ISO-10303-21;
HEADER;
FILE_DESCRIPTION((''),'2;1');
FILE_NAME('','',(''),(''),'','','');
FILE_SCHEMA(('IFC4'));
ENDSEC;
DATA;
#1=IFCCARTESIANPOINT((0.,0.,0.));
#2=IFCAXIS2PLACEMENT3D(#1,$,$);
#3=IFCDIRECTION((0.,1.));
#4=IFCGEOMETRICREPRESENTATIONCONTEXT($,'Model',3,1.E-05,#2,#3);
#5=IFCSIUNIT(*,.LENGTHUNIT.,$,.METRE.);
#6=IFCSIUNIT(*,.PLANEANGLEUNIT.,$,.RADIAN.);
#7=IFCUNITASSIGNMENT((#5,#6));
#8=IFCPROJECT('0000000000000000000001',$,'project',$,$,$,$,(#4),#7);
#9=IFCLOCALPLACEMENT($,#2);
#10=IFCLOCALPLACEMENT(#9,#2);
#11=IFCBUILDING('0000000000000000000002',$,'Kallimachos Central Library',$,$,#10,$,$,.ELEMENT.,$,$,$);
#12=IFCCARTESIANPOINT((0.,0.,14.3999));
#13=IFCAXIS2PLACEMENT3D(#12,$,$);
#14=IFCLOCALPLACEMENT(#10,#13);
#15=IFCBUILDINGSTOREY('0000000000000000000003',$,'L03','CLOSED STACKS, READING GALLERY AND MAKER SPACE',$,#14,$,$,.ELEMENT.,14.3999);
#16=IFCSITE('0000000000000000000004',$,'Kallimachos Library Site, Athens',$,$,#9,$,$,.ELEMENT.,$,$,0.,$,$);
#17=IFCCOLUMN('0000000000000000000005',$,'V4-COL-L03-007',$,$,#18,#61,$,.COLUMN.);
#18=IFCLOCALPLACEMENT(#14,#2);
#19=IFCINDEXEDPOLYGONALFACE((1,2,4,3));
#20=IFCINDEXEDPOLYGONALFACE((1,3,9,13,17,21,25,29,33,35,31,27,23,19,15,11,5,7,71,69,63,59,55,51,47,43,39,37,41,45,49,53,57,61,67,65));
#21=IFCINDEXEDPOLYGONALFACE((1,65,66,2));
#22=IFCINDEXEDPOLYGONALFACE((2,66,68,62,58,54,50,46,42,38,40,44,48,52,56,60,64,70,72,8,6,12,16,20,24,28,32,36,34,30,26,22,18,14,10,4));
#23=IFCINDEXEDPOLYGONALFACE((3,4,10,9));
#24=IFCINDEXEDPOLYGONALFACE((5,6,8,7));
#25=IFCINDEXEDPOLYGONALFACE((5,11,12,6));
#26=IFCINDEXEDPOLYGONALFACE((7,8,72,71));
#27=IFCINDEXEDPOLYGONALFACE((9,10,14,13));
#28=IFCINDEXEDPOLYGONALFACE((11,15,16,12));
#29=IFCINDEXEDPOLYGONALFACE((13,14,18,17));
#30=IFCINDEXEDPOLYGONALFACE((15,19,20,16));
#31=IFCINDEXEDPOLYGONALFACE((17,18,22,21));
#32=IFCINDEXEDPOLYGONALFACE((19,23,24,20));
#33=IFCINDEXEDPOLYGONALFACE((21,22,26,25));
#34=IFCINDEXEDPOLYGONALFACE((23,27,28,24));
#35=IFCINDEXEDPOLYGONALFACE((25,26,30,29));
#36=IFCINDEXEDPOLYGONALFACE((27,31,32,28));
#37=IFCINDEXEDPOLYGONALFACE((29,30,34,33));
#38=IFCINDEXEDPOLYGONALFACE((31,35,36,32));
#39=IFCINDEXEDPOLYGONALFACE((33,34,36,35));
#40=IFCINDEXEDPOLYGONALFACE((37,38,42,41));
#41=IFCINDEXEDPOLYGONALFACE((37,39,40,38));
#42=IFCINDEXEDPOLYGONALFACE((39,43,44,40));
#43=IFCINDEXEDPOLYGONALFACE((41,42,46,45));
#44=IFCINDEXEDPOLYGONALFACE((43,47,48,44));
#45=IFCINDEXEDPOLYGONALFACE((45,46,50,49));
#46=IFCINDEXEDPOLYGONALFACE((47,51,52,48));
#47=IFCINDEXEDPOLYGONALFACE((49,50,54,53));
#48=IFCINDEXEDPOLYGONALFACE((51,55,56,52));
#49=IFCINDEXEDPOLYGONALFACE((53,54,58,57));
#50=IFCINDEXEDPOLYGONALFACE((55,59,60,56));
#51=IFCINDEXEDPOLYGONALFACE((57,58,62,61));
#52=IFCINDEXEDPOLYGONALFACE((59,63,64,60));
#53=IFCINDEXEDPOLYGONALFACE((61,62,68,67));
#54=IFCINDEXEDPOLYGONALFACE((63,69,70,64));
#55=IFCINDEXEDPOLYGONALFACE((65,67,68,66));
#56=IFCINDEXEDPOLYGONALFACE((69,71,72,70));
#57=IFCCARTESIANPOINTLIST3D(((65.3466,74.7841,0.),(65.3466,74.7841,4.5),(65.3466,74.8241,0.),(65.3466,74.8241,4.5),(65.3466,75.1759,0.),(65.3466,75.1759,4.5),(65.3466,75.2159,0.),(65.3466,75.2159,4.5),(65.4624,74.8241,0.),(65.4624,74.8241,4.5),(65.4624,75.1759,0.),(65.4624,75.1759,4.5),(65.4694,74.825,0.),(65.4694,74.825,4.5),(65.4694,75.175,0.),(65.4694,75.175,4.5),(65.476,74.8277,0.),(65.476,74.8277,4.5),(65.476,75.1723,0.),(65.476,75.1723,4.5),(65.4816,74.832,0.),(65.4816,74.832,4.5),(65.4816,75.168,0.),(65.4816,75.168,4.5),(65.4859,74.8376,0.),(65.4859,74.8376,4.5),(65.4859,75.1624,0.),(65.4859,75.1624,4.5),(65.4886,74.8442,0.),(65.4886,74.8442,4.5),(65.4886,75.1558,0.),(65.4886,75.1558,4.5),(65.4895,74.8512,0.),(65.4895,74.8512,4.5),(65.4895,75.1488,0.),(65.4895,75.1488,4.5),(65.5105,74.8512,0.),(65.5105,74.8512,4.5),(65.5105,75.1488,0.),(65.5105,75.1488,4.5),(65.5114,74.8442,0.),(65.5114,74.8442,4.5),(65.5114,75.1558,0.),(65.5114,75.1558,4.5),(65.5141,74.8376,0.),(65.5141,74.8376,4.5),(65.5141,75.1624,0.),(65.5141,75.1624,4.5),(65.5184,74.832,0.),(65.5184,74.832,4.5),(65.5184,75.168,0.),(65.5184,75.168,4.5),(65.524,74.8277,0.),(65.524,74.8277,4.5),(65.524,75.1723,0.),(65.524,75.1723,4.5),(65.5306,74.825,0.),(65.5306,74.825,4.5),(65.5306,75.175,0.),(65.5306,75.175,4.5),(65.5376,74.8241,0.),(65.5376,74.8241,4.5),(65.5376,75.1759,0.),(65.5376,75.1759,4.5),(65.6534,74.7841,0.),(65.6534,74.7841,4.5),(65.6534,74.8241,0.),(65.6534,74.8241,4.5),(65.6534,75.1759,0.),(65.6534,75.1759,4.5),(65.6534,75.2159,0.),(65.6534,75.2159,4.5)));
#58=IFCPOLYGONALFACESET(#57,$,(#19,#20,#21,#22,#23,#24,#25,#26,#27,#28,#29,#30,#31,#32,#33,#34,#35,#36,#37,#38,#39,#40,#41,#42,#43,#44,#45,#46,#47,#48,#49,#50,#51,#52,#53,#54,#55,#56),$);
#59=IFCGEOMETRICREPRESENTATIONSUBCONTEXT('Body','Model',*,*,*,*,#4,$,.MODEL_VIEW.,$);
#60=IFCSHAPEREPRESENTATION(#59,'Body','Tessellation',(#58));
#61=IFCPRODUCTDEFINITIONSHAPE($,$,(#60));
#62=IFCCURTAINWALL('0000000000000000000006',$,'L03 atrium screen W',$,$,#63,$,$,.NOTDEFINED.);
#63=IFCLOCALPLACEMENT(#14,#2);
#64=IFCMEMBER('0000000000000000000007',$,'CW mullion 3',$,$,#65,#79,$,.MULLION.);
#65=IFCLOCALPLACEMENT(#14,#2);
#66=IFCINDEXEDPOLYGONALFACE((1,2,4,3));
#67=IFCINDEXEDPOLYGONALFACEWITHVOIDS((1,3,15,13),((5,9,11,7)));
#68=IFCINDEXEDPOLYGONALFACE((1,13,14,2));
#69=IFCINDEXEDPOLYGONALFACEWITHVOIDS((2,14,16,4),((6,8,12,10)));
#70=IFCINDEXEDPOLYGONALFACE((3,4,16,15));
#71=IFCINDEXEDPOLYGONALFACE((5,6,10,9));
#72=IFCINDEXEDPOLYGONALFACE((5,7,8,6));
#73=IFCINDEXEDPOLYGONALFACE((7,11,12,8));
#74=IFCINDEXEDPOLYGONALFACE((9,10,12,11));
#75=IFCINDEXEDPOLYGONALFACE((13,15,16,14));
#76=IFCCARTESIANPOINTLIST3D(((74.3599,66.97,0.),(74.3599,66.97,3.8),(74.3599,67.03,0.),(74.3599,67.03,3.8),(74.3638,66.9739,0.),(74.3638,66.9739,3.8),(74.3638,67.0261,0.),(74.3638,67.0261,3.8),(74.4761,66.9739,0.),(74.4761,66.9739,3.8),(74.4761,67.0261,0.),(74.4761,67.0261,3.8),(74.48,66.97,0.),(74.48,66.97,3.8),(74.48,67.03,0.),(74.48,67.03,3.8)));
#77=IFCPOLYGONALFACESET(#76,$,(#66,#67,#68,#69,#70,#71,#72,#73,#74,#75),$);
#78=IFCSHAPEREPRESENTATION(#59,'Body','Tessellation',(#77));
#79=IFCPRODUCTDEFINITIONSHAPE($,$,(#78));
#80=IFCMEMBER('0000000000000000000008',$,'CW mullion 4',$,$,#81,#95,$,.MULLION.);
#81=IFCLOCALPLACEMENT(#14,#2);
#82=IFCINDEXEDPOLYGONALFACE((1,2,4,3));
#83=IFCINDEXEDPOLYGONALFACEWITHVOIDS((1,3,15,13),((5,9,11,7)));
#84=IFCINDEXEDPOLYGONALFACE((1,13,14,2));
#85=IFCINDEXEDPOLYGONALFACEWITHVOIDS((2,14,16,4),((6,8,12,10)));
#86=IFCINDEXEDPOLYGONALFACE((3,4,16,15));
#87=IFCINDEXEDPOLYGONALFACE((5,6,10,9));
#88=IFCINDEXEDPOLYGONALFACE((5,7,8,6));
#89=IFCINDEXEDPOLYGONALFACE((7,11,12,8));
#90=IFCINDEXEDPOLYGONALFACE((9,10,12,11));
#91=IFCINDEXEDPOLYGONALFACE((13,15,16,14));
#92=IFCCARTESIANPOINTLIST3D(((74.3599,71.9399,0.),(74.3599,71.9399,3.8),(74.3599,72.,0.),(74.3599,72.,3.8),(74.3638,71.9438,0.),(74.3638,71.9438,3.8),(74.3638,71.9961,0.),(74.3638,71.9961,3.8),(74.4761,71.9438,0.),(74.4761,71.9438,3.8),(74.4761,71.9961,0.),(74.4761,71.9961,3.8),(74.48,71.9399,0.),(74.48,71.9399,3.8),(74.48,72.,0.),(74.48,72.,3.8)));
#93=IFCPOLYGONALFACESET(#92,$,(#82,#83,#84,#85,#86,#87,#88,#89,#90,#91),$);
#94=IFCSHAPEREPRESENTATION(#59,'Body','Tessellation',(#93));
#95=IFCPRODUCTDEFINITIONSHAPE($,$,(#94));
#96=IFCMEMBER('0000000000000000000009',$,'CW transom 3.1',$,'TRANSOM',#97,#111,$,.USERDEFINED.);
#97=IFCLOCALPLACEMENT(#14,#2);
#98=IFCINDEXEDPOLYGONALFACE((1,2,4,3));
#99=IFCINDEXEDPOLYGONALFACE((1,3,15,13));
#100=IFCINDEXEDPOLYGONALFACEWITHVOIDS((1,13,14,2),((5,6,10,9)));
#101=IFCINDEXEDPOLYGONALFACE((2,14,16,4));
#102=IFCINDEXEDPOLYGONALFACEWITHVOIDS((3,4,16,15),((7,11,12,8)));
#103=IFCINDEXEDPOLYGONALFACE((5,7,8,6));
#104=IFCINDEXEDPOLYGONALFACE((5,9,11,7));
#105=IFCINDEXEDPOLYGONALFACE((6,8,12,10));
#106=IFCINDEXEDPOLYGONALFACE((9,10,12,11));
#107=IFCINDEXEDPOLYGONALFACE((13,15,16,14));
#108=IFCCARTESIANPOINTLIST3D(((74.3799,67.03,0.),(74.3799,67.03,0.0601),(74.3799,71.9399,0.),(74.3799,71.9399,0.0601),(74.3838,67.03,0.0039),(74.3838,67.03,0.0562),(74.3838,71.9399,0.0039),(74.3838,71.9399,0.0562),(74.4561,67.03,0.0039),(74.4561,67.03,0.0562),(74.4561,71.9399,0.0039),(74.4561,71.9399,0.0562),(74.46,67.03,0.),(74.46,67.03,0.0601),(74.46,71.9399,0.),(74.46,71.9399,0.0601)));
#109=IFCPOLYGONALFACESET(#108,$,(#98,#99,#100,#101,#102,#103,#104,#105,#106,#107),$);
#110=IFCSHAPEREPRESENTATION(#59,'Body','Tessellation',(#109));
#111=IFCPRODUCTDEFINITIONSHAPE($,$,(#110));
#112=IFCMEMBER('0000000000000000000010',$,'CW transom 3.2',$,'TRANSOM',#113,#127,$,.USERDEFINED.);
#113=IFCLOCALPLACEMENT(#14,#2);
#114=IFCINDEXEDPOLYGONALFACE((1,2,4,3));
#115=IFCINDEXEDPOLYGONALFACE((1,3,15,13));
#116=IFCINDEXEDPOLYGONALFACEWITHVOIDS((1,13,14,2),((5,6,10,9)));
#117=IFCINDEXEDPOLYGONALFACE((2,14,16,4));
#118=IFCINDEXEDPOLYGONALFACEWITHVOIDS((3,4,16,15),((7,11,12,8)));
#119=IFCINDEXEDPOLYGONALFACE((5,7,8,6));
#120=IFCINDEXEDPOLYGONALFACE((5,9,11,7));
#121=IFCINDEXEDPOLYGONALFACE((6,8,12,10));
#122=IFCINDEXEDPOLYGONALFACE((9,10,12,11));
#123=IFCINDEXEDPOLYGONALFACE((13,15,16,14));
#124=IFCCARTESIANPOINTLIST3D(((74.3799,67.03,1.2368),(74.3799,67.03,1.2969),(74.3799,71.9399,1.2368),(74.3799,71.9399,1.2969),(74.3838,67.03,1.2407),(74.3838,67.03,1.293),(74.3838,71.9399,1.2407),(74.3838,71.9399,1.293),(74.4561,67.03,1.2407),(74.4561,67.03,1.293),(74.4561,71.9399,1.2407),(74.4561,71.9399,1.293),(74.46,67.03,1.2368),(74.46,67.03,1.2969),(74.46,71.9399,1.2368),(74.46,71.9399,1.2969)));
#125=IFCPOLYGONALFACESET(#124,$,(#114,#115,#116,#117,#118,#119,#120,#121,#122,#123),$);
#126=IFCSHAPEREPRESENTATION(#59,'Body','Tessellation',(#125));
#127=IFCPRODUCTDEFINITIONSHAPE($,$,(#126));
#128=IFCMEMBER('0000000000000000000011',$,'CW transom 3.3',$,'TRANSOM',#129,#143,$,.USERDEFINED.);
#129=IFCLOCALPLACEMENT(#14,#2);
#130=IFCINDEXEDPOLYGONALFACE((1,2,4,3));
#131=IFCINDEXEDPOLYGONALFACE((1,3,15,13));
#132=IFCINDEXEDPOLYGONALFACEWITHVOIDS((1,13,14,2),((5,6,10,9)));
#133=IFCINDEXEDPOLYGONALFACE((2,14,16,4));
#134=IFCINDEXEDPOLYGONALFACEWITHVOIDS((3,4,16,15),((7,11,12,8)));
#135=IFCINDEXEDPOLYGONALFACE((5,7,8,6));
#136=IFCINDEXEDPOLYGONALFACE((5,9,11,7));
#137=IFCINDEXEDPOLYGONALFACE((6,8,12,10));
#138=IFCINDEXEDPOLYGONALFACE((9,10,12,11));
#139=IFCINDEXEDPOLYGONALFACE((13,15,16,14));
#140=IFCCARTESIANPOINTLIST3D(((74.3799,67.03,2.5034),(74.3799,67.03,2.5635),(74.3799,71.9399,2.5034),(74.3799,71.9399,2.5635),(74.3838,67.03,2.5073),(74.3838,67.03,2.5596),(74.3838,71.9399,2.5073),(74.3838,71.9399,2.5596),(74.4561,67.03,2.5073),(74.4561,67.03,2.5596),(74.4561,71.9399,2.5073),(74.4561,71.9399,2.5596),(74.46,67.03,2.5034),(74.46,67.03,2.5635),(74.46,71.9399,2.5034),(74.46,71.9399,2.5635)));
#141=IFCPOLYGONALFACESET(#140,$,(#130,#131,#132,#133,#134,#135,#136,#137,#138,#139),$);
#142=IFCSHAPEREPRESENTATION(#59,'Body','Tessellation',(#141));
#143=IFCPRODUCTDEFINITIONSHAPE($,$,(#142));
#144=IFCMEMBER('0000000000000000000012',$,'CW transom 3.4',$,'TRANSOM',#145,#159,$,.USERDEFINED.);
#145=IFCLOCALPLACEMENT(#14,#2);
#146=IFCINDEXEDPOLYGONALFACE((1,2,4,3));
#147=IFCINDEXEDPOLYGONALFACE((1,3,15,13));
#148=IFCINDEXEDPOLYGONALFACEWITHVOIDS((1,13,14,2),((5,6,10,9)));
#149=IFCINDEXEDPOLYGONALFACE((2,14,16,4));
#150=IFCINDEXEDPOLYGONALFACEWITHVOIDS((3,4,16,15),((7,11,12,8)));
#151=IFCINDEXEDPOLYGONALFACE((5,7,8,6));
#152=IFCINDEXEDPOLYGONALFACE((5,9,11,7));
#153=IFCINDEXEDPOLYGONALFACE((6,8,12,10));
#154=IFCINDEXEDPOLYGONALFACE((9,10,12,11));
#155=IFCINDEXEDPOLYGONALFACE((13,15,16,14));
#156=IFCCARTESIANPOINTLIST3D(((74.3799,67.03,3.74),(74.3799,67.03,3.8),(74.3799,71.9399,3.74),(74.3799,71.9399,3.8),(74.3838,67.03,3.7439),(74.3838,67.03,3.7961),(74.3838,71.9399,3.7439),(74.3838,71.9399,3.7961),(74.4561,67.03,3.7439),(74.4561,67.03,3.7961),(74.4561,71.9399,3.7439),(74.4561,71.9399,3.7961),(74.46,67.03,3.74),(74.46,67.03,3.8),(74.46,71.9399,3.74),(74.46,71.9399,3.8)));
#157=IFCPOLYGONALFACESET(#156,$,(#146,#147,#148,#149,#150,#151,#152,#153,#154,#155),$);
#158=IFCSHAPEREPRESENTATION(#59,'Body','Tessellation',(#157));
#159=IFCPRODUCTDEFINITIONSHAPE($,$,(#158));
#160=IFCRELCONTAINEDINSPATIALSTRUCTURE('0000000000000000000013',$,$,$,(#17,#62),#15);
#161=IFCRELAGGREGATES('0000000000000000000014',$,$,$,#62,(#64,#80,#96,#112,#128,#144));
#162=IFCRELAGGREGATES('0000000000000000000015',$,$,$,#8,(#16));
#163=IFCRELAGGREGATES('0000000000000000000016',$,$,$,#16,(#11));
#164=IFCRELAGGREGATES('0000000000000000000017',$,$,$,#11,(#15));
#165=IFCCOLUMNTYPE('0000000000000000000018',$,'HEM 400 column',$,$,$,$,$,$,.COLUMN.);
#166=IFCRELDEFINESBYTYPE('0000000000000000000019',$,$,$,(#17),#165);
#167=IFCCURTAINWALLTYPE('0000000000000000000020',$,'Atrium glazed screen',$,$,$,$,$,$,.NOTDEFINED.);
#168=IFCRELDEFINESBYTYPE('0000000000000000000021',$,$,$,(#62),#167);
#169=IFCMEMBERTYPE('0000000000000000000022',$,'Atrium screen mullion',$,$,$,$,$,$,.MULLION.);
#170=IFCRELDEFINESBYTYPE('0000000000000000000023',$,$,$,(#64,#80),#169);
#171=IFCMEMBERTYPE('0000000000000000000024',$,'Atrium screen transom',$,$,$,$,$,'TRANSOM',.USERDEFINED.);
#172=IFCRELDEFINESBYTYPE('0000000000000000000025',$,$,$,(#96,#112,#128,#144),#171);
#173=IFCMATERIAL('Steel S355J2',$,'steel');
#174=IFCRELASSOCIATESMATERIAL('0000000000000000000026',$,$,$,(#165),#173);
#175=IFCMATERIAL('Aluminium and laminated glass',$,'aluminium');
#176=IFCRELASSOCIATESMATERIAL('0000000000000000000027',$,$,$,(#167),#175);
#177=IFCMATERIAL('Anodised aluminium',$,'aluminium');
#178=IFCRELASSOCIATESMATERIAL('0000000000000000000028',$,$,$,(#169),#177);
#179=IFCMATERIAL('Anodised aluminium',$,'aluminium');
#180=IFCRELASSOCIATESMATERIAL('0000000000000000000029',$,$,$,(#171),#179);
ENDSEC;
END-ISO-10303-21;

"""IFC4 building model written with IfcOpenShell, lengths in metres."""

from ifc_helpers import new_model, si_unit, direction, frame, origin, origin_2d, place, context, subcontext, project, spatial, hollow_rectangle, i_section, extrude, material, material_profile, profile_set, type_object, element, aggregate, save


model = new_model("IFC4")

# Units and contexts
model_context = context("Model", 3, precision=1e-05, world=origin(), true_north=direction((0.0, 1.0)))
body_context = subcontext(model_context, "Body", "Model", "MODEL_VIEW")
ifc_project = project(units=[si_unit("LENGTHUNIT", "METRE"), si_unit("PLANEANGLEUNIT", "RADIAN")], contexts=[model_context])

# Site, building, storey
site_placement = place(None, origin())
site = spatial("IfcSite", under=ifc_project, at=site_placement, Name="Kallimachos Library Site, Athens", CompositionType="ELEMENT", RefElevation=0.0)
building_placement = place(site_placement, origin())
building = spatial("IfcBuilding", under=site, at=building_placement, Name="Kallimachos Central Library", CompositionType="ELEMENT")
storey_placement = place(building_placement, frame((0.0, 0.0, 14.3999)))
storey = spatial("IfcBuildingStorey", under=building, at=storey_placement, Name="L03", Description="CLOSED STACKS, READING GALLERY AND MAKER SPACE", CompositionType="ELEMENT", Elevation=14.3999)

# Column
ifc_material_1 = material(Name="Steel S355J2", Category="steel")
ifc_material_profile_1 = material_profile(ifc_material_1, i_section(OverallWidth=0.3069, OverallDepth=0.4319, WebThickness=0.021, FlangeThickness=0.04, FilletRadius=0.0271, at=origin_2d()), Name="HEM 400")
ifc_profile_set_1 = profile_set([ifc_material_profile_1], Name="Steel S355J2")
column_type = type_object("IfcColumnType", Name="HEM 400 column", PredefinedType="COLUMN", material=ifc_profile_set_1)
column_placement = place(storey_placement, frame((65.5, 75.0, 0.0), z_axis=(0.0, 0.0, 1.0), x_axis=(1.0, 0.0, 0.0)))
element("IfcColumn", 1, at=column_placement, inside=storey, type_object=column_type, Name="V4-COL-L03-007", PredefinedType="COLUMN", context=body_context, shape_type="SweptSolid", body=[
    extrude(i_section(OverallWidth=0.3069, OverallDepth=0.4319, WebThickness=0.021, FlangeThickness=0.04, FilletRadius=0.0271, at=origin_2d()), origin(), (0.0, 0.0, 1.0), 4.5),
])

# Curtain wall, members
ifc_material_2 = material(Name="Aluminium and laminated glass", Category="aluminium")
curtain_wall_type_1 = type_object("IfcCurtainWallType", Name="Atrium glazed screen", PredefinedType="NOTDEFINED", material=ifc_material_2)
curtain_wall_1_placement = place(storey_placement, origin())
curtain_wall_1 = element("IfcCurtainWall", 2, at=curtain_wall_1_placement, inside=storey, type_object=curtain_wall_type_1, Name="L03 atrium screen W", PredefinedType="NOTDEFINED")
ifc_material_3 = material(Name="Anodised aluminium", Category="aluminium")
ifc_material_profile_2 = material_profile(ifc_material_3, hollow_rectangle(XDim=0.0601, YDim=0.1201, WallThickness=0.0039, at=origin_2d()), Name="ALU MULLION 60x120")
ifc_profile_set_2 = profile_set([ifc_material_profile_2], Name="Anodised aluminium")
member_type_1 = type_object("IfcMemberType", Name="Atrium screen mullion", PredefinedType="MULLION", material=ifc_profile_set_2)
member_1_placement = place(storey_placement, frame((74.4199, 67.0, 0.0), z_axis=(0.0, 0.0, 1.0), x_axis=(0.0, 1.0, 0.0)))
member_1 = element("IfcMember", 3, at=member_1_placement, type_object=member_type_1, Name="CW mullion 3", PredefinedType="MULLION", context=body_context, shape_type="SweptSolid", body=[
    extrude(hollow_rectangle(XDim=0.0601, YDim=0.1201, WallThickness=0.0039, at=origin_2d()), origin(), (0.0, 0.0, 1.0), 3.8),
])
member_2_placement = place(storey_placement, frame((74.4199, 71.97, 0.0), z_axis=(0.0, 0.0, 1.0), x_axis=(0.0, 1.0, 0.0)))
member_2 = element("IfcMember", 4, at=member_2_placement, type_object=member_type_1, Name="CW mullion 4", PredefinedType="MULLION", context=body_context, shape_type="SweptSolid", body=[
    extrude(hollow_rectangle(XDim=0.0601, YDim=0.1201, WallThickness=0.0039, at=origin_2d()), origin(), (0.0, 0.0, 1.0), 3.8),
])
ifc_material_4 = material(Name="Anodised aluminium", Category="aluminium")
ifc_material_profile_3 = material_profile(ifc_material_4, hollow_rectangle(XDim=0.0601, YDim=0.0801, WallThickness=0.0039, at=origin_2d()), Name="ALU TRANSOM 60x80")
ifc_profile_set_3 = profile_set([ifc_material_profile_3], Name="Anodised aluminium")
member_type_2 = type_object("IfcMemberType", Name="Atrium screen transom", ElementType="TRANSOM", PredefinedType="USERDEFINED", material=ifc_profile_set_3)
member_3_placement = place(storey_placement, frame((74.4199, 67.03, 0.03), z_axis=(0.0, 1.0, 0.0), x_axis=(0.0, 0.0, 1.0)))
member_3 = element("IfcMember", 5, at=member_3_placement, type_object=member_type_2, Name="CW transom 3.1", ObjectType="TRANSOM", PredefinedType="USERDEFINED", context=body_context, shape_type="SweptSolid", body=[
    extrude(hollow_rectangle(XDim=0.0601, YDim=0.0801, WallThickness=0.0039, at=origin_2d()), origin(), (0.0, 0.0, 1.0), 4.9099),
])
member_4_placement = place(storey_placement, frame((74.4199, 67.03, 1.2668), z_axis=(0.0, 1.0, 0.0), x_axis=(0.0, 0.0, 1.0)))
member_4 = element("IfcMember", 6, at=member_4_placement, type_object=member_type_2, Name="CW transom 3.2", ObjectType="TRANSOM", PredefinedType="USERDEFINED", context=body_context, shape_type="SweptSolid", body=[
    extrude(hollow_rectangle(XDim=0.0601, YDim=0.0801, WallThickness=0.0039, at=origin_2d()), origin(), (0.0, 0.0, 1.0), 4.9099),
])
member_5_placement = place(storey_placement, frame((74.4199, 67.03, 2.5334), z_axis=(0.0, 1.0, 0.0), x_axis=(0.0, 0.0, 1.0)))
member_5 = element("IfcMember", 7, at=member_5_placement, type_object=member_type_2, Name="CW transom 3.3", ObjectType="TRANSOM", PredefinedType="USERDEFINED", context=body_context, shape_type="SweptSolid", body=[
    extrude(hollow_rectangle(XDim=0.0601, YDim=0.0801, WallThickness=0.0039, at=origin_2d()), origin(), (0.0, 0.0, 1.0), 4.9099),
])
member_6_placement = place(storey_placement, frame((74.4199, 67.03, 3.77), z_axis=(0.0, 1.0, 0.0), x_axis=(0.0, 0.0, 1.0)))
member_6 = element("IfcMember", 8, at=member_6_placement, type_object=member_type_2, Name="CW transom 3.4", ObjectType="TRANSOM", PredefinedType="USERDEFINED", context=body_context, shape_type="SweptSolid", body=[
    extrude(hollow_rectangle(XDim=0.0601, YDim=0.0801, WallThickness=0.0039, at=origin_2d()), origin(), (0.0, 0.0, 1.0), 4.9099),
])

aggregate(curtain_wall_1, [member_1, member_2, member_3, member_4, member_5, member_6])

save(model, "model.ifc")
